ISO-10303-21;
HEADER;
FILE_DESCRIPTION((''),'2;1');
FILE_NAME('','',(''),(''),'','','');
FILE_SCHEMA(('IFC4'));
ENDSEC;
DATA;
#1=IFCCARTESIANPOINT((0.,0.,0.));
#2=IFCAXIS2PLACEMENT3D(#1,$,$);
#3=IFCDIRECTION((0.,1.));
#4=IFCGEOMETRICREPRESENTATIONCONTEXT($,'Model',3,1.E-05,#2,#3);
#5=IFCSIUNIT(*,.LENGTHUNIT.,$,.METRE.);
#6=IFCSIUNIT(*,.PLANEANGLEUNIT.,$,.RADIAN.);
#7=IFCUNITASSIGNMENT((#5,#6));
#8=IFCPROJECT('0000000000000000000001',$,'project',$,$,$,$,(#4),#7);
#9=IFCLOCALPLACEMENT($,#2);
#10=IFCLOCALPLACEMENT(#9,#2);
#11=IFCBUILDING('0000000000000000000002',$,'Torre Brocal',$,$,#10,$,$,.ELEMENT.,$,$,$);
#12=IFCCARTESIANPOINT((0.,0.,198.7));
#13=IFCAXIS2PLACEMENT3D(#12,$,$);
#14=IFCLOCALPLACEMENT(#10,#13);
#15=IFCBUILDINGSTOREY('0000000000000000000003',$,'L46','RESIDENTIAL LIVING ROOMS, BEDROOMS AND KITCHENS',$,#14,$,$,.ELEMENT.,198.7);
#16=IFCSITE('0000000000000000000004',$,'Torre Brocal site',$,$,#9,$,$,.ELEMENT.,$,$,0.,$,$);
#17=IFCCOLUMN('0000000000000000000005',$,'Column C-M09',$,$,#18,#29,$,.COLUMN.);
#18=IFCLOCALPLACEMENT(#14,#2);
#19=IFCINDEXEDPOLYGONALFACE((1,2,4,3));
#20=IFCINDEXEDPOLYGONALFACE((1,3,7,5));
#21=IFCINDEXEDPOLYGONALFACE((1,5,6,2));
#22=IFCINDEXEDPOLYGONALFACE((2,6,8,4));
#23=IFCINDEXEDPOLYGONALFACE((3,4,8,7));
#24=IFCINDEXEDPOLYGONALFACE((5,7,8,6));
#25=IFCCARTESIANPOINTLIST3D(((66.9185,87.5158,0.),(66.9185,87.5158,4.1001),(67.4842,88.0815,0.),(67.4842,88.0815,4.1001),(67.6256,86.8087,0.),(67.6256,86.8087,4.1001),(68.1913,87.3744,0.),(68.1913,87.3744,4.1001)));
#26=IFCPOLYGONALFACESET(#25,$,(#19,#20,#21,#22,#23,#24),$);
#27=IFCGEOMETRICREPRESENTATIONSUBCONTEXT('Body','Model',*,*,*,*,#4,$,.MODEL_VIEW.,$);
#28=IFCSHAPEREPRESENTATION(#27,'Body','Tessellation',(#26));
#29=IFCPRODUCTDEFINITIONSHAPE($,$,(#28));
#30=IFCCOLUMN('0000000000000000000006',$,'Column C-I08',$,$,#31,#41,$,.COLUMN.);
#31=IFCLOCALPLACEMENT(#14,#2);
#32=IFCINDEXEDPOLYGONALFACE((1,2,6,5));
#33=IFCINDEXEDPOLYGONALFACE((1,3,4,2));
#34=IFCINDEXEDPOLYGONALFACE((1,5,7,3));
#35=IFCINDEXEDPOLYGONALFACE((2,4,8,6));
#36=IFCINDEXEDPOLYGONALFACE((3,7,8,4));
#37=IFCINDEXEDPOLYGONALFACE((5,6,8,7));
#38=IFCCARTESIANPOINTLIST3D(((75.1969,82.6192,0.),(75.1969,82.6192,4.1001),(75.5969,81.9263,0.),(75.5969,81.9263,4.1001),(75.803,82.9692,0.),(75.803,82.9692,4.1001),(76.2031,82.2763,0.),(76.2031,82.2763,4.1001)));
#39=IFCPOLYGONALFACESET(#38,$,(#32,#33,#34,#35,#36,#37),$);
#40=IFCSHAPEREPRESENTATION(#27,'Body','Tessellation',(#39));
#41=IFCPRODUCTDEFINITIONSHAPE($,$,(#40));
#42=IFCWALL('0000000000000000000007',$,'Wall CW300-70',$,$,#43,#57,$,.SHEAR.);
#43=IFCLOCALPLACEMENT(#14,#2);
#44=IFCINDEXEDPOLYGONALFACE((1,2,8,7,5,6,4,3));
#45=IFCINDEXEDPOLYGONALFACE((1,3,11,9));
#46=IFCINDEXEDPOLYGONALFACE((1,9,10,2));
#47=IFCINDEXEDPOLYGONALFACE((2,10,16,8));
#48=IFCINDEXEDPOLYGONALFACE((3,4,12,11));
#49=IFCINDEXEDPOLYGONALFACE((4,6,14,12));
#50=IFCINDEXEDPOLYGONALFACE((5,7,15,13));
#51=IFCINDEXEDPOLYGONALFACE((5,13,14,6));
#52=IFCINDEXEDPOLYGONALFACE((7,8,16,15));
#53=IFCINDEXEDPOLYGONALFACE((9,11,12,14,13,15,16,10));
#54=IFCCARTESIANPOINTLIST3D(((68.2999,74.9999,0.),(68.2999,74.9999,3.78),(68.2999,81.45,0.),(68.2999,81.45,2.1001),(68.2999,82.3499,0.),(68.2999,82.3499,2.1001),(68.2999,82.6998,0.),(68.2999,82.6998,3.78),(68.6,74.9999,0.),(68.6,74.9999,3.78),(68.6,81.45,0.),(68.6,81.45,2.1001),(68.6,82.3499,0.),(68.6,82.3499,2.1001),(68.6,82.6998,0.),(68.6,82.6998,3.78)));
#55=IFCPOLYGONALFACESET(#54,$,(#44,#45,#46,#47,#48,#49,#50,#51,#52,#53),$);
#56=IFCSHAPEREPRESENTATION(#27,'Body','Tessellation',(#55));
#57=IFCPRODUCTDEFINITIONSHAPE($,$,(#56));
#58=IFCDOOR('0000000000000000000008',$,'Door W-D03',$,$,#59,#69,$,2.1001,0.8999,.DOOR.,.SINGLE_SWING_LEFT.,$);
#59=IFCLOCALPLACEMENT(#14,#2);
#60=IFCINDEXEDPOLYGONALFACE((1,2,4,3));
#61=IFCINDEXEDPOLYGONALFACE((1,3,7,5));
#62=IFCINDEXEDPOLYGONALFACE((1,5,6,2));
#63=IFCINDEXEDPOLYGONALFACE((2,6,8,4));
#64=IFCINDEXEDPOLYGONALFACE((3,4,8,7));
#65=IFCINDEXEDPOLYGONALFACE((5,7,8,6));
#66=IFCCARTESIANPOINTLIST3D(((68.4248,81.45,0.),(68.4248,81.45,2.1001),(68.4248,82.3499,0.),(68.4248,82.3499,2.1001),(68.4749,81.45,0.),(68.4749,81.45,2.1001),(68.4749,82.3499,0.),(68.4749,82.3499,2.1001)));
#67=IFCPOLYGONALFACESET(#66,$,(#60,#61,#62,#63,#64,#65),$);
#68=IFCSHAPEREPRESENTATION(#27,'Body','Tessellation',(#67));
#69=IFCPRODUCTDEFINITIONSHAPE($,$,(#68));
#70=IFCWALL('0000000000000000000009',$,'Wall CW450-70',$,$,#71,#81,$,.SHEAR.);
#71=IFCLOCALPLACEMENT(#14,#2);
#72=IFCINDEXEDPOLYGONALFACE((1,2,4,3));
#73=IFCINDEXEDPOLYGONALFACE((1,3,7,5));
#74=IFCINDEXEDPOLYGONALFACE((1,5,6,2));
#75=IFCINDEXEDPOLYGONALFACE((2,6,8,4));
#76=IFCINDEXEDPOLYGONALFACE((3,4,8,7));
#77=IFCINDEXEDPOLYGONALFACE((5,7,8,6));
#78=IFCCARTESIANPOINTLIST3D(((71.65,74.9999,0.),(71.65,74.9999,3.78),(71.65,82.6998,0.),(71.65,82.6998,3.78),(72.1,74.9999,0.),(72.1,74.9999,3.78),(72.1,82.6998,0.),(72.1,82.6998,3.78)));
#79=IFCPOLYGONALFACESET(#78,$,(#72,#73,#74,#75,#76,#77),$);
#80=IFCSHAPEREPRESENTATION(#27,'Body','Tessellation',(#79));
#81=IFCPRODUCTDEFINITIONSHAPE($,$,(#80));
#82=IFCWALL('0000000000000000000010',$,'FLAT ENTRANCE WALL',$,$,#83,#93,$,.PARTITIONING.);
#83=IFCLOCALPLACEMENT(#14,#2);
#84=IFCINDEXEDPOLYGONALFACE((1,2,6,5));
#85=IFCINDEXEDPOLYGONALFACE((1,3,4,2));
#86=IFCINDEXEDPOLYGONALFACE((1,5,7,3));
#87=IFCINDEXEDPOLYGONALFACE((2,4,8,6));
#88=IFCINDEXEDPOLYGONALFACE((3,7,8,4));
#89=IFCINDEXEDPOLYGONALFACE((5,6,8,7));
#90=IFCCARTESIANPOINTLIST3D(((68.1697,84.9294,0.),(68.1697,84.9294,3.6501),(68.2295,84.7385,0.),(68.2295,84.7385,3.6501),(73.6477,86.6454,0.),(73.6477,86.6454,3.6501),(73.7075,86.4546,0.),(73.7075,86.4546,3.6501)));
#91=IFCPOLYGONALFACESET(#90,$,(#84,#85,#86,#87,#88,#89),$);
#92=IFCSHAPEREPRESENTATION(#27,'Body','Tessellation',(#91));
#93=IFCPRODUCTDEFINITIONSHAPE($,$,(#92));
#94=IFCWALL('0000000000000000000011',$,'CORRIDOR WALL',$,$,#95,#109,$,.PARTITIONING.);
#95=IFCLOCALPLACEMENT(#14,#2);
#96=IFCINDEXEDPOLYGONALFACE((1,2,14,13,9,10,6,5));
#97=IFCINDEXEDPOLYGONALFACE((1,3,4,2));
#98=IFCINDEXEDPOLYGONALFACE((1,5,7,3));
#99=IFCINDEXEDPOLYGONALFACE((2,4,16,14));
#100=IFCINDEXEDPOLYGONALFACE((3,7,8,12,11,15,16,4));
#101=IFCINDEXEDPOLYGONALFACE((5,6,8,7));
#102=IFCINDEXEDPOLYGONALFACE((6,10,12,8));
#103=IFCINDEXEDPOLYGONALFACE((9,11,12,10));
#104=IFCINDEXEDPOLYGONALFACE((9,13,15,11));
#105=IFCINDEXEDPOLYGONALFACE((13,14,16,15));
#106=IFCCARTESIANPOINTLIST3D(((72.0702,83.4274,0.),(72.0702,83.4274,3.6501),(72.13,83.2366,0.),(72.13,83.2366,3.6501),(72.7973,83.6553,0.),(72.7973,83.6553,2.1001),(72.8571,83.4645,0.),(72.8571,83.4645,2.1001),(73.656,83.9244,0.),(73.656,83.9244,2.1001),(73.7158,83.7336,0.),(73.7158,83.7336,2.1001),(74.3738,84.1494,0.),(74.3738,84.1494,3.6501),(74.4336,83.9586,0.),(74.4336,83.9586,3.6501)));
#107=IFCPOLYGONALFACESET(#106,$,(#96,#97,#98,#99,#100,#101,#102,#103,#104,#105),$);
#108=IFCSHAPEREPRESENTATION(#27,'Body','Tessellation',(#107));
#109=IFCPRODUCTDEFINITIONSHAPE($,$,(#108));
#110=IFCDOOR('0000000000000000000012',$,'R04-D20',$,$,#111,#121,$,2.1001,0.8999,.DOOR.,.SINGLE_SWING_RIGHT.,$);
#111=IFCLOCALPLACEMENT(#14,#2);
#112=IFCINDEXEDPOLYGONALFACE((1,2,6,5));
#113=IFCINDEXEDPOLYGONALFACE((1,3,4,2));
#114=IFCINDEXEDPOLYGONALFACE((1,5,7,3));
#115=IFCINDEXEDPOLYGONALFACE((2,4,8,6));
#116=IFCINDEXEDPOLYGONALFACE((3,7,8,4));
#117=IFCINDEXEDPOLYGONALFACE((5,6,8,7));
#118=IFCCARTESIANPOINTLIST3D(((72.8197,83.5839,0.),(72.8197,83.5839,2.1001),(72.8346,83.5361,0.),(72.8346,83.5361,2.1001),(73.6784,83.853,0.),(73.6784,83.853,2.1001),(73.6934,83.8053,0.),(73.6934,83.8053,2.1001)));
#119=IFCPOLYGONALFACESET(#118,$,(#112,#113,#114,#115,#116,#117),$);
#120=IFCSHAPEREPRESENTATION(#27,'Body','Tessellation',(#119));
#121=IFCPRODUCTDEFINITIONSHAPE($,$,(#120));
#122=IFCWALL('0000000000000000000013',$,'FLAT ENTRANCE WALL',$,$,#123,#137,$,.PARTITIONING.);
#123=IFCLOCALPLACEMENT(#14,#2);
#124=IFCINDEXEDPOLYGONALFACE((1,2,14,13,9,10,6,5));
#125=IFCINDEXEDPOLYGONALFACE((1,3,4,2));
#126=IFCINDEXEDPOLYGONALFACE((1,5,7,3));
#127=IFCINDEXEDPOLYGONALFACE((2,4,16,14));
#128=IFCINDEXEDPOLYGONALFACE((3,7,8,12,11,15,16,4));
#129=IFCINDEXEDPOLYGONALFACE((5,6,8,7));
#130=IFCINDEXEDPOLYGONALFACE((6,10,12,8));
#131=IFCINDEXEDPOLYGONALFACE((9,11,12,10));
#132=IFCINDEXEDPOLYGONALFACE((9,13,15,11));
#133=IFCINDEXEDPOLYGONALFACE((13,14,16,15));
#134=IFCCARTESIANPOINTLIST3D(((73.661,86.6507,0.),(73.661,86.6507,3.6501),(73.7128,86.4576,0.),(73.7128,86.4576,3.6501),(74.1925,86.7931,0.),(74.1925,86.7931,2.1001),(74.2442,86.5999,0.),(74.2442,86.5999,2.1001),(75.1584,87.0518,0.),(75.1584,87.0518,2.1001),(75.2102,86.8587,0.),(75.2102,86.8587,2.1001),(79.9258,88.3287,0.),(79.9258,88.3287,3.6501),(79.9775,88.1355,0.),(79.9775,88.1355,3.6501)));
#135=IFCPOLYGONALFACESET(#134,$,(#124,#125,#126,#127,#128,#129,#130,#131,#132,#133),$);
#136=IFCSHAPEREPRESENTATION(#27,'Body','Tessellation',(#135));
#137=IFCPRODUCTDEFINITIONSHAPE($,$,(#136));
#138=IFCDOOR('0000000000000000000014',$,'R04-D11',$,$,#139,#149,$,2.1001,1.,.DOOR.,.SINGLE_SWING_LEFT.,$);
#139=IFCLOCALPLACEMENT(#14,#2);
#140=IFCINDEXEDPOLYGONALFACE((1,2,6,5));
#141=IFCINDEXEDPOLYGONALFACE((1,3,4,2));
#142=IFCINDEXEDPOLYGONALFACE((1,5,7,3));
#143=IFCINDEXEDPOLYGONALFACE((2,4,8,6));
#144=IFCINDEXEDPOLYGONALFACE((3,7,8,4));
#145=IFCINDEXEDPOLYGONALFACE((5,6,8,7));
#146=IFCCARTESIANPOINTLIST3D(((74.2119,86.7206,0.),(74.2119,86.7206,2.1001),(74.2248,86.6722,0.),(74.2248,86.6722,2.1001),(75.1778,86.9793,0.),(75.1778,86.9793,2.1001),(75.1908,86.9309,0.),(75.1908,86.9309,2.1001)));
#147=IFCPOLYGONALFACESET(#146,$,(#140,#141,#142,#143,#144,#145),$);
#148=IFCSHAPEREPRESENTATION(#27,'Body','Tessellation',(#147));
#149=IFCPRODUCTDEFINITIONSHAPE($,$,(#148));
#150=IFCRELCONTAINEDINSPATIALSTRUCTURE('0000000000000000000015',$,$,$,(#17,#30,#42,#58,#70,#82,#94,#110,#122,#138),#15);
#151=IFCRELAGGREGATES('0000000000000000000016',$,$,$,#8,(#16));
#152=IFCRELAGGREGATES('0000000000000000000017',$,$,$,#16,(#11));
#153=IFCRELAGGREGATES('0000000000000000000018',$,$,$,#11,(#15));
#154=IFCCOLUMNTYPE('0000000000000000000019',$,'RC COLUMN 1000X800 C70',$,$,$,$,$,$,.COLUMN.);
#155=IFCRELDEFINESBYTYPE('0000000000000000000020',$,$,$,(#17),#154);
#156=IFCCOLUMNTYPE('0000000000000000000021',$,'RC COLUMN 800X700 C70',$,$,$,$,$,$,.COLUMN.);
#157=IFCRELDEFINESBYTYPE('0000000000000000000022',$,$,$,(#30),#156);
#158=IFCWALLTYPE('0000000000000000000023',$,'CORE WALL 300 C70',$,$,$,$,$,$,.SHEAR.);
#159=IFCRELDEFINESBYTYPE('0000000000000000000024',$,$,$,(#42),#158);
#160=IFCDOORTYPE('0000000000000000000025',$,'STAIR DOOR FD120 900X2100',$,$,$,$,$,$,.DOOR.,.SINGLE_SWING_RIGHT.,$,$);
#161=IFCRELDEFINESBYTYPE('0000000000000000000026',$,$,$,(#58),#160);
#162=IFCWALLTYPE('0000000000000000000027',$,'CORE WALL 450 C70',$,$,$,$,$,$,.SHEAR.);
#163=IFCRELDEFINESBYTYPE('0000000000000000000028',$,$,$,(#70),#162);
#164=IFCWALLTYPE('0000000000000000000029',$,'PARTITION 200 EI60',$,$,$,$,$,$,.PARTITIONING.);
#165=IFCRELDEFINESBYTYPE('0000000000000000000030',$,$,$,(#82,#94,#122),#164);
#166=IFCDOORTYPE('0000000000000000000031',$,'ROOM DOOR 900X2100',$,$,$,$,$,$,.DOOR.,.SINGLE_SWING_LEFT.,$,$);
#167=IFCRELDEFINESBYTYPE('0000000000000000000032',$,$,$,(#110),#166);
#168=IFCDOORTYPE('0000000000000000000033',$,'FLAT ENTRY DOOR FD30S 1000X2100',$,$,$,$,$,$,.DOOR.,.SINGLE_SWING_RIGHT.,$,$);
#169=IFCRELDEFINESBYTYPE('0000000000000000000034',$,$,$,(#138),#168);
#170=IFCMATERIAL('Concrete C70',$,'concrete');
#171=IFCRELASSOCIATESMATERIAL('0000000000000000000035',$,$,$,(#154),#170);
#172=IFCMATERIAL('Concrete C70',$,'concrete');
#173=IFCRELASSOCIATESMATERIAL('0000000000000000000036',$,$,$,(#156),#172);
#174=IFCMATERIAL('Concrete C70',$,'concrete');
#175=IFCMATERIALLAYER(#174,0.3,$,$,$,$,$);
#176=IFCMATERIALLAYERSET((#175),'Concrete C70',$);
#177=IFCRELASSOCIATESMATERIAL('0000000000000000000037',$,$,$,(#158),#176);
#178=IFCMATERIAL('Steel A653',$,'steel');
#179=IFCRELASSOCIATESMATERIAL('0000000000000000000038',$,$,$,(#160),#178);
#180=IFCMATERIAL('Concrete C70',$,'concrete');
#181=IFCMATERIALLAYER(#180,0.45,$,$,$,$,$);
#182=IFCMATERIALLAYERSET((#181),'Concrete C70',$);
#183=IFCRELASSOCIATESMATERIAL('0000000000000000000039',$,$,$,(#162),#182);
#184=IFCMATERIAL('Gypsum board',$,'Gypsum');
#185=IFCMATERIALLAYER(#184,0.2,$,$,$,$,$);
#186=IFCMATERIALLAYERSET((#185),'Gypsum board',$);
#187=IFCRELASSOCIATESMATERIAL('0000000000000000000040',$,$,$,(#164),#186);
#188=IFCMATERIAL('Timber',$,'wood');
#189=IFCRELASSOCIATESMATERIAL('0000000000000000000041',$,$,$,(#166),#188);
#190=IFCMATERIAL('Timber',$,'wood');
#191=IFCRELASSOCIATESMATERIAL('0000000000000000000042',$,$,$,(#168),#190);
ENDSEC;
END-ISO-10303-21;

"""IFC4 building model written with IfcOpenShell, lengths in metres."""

from ifc_helpers import new_model, si_unit, direction, frame, frame_2d, origin, origin_2d, place, context, subcontext, project, spatial, rectangle, extrude, material, layer, layer_set, material_profile, profile_set, type_object, element, fill, save


model = new_model("IFC4")

# Units and contexts
model_context = context("Model", 3, precision=1e-05, world=origin(), true_north=direction((0.0, 1.0)))
body_context = subcontext(model_context, "Body", "Model", "MODEL_VIEW")
ifc_project = project(units=[si_unit("LENGTHUNIT", "METRE"), si_unit("PLANEANGLEUNIT", "RADIAN")], contexts=[model_context])

# Site, building, storey
site_placement = place(None, origin())
site = spatial("IfcSite", under=ifc_project, at=site_placement, Name="Torre Brocal site", CompositionType="ELEMENT", RefElevation=0.0)
building_placement = place(site_placement, origin())
building = spatial("IfcBuilding", under=site, at=building_placement, Name="Torre Brocal", CompositionType="ELEMENT")
storey_placement = place(building_placement, frame((0.0, 0.0, 198.7)))
storey = spatial("IfcBuildingStorey", under=building, at=storey_placement, Name="L46", Description="RESIDENTIAL LIVING ROOMS, BEDROOMS AND KITCHENS", CompositionType="ELEMENT", Elevation=198.7)

# Columns
ifc_material_1 = material(Name="Concrete C70", Category="concrete")
ifc_material_profile_1 = material_profile(ifc_material_1, rectangle(XDim=1.0, YDim=0.8, at=origin_2d()), Name="RC 1000X800")
ifc_profile_set_1 = profile_set([ifc_material_profile_1], Name="Concrete C70")
column_type_1 = type_object("IfcColumnType", Name="RC COLUMN 1000X800 C70", PredefinedType="COLUMN", material=ifc_profile_set_1)
column_1_placement = place(storey_placement, frame((67.5549, 87.4451, 0.0), z_axis=(0.0, 0.0, 1.0), x_axis=(-0.707107, 0.707107, 0.0)))
element("IfcColumn", 1, at=column_1_placement, inside=storey, type_object=column_type_1, Name="Column C-M09", PredefinedType="COLUMN", context=body_context, shape_type="SweptSolid", body=[
    extrude(rectangle(XDim=1.0, YDim=0.8, at=origin_2d()), origin(), (0.0, 0.0, 1.0), 4.1001),
])
ifc_material_2 = material(Name="Concrete C70", Category="concrete")
ifc_material_profile_2 = material_profile(ifc_material_2, rectangle(XDim=0.8, YDim=0.7, at=origin_2d()), Name="RC 800X700")
ifc_profile_set_2 = profile_set([ifc_material_profile_2], Name="Concrete C70")
column_type_2 = type_object("IfcColumnType", Name="RC COLUMN 800X700 C70", PredefinedType="COLUMN", material=ifc_profile_set_2)
column_2_placement = place(storey_placement, frame((75.7, 82.4478, 0.0), z_axis=(0.0, 0.0, 1.0), x_axis=(-0.5, 0.866025, 0.0)))
element("IfcColumn", 2, at=column_2_placement, inside=storey, type_object=column_type_2, Name="Column C-I08", PredefinedType="COLUMN", context=body_context, shape_type="SweptSolid", body=[
    extrude(rectangle(XDim=0.8, YDim=0.7, at=origin_2d()), origin(), (0.0, 0.0, 1.0), 4.1001),
])

# Wall, opening, door
ifc_material_3 = material(Name="Concrete C70", Category="concrete")
ifc_layer_1 = layer(ifc_material_3, 0.3)
ifc_layer_set_1 = layer_set([ifc_layer_1], Name="Concrete C70")
wall_type_1 = type_object("IfcWallType", Name="CORE WALL 300 C70", PredefinedType="SHEAR", material=ifc_layer_set_1)
wall_1_placement = place(storey_placement, frame((68.45, 82.7, 0.0), z_axis=(0.0, 0.0, 1.0), x_axis=(0.0, -1.0, 0.0)))
wall_1 = element("IfcWall", 3, at=wall_1_placement, inside=storey, type_object=wall_type_1, Name="Wall CW300-70", PredefinedType="SHEAR", context=body_context, shape_type="SweptSolid", body=[
    extrude(rectangle(XDim=7.7, YDim=0.3, at=frame_2d((3.8501, 0.0))), origin(), (0.0, 0.0, 1.0), 3.78),
])
opening_1_placement = place(wall_1_placement, frame((0.3501, 0.0, 0.0)))
opening_1 = element("IfcOpeningElement", 4, at=opening_1_placement, cuts=wall_1, PredefinedType="OPENING", context=body_context, shape_type="SweptSolid", body=[
    extrude(rectangle(XDim=0.8999, YDim=2.1001, at=frame_2d((0.45, 1.05))), frame((0.0, 0.1599, 0.0), z_axis=(0.0, -1.0, 0.0), x_axis=(1.0, 0.0, 0.0)), (0.0, 0.0, 1.0), 0.3201),
])
ifc_material_4 = material(Name="Steel A653", Category="steel")
door_type_1 = type_object("IfcDoorType", Name="STAIR DOOR FD120 900X2100", OperationType="SINGLE_SWING_RIGHT", PredefinedType="DOOR", material=ifc_material_4)
door_1_placement = place(opening_1_placement, origin())
door_1 = element("IfcDoor", 5, at=door_1_placement, inside=storey, type_object=door_type_1, Name="Door W-D03", OperationType="SINGLE_SWING_LEFT", OverallHeight=2.1001, OverallWidth=0.8999, PredefinedType="DOOR", context=body_context, shape_type="SweptSolid", body=[
    extrude(rectangle(XDim=0.8999, YDim=2.1001, at=frame_2d((0.45, 1.05))), frame((0.0, 0.0249, 0.0), z_axis=(0.0, -1.0, 0.0), x_axis=(1.0, 0.0, 0.0)), (0.0, 0.0, 1.0), 0.05),
])
fill(opening_1, door_1)

# Wall
ifc_material_5 = material(Name="Concrete C70", Category="concrete")
ifc_layer_2 = layer(ifc_material_5, 0.45)
ifc_layer_set_2 = layer_set([ifc_layer_2], Name="Concrete C70")
wall_type_2 = type_object("IfcWallType", Name="CORE WALL 450 C70", PredefinedType="SHEAR", material=ifc_layer_set_2)
wall_2_placement = place(storey_placement, frame((71.875, 82.7, 0.0), z_axis=(0.0, 0.0, 1.0), x_axis=(0.0, -1.0, 0.0)))
element("IfcWall", 6, at=wall_2_placement, inside=storey, type_object=wall_type_2, Name="Wall CW450-70", PredefinedType="SHEAR", context=body_context, shape_type="SweptSolid", body=[
    extrude(rectangle(XDim=7.7, YDim=0.45, at=frame_2d((3.8501, 0.0))), origin(), (0.0, 0.0, 1.0), 3.78),
])

# Wall
ifc_material_6 = material(Name="Gypsum board", Category="Gypsum")
ifc_layer_3 = layer(ifc_material_6, 0.2)
ifc_layer_set_3 = layer_set([ifc_layer_3], Name="Gypsum board")
wall_type_3 = type_object("IfcWallType", Name="PARTITION 200 EI60", PredefinedType="PARTITIONING", material=ifc_layer_set_3)
wall_3_placement = place(storey_placement, frame((68.1997, 84.834, 0.0), z_axis=(0.0, 0.0, 1.0), x_axis=(0.954272, 0.298938, 0.0)))
element("IfcWall", 7, at=wall_3_placement, inside=storey, type_object=wall_type_3, Name="FLAT ENTRANCE WALL", PredefinedType="PARTITIONING", context=body_context, shape_type="SweptSolid", body=[
    extrude(rectangle(XDim=5.7405, YDim=0.2, at=frame_2d((2.8701, 0.0))), origin(), (0.0, 0.0, 1.0), 3.6501),
])

# Walls, openings, doors
wall_4_placement = place(storey_placement, frame((72.1001, 83.332, 0.0), z_axis=(0.0, 0.0, 1.0), x_axis=(0.954233, 0.299064, 0.0)))
wall_4 = element("IfcWall", 8, at=wall_4_placement, inside=storey, type_object=wall_type_3, Name="CORRIDOR WALL", PredefinedType="PARTITIONING", context=body_context, shape_type="SweptSolid", body=[
    extrude(rectangle(XDim=2.4141, YDim=0.2, at=frame_2d((1.207, 0.0))), origin(), (0.0, 0.0, 1.0), 3.6501),
])
opening_2_placement = place(wall_4_placement, frame((0.762, 0.0, 0.0)))
opening_2 = element("IfcOpeningElement", 9, at=opening_2_placement, cuts=wall_4, PredefinedType="OPENING", context=body_context, shape_type="SweptSolid", body=[
    extrude(rectangle(XDim=0.8999, YDim=2.1001, at=frame_2d((0.45, 1.05))), frame((0.0, 0.1099, 0.0), z_axis=(0.0, -1.0, 0.0), x_axis=(1.0, 0.0, 0.0)), (0.0, 0.0, 1.0), 0.22),
])
ifc_material_7 = material(Name="Timber", Category="wood")
door_type_2 = type_object("IfcDoorType", Name="ROOM DOOR 900X2100", OperationType="SINGLE_SWING_LEFT", PredefinedType="DOOR", material=ifc_material_7)
door_2_placement = place(opening_2_placement, frame((0.8999, 0.0, 0.0), z_axis=(0.0, 0.0, 1.0), x_axis=(-1.0, 0.0, 0.0)))
door_2 = element("IfcDoor", 10, at=door_2_placement, inside=storey, type_object=door_type_2, Name="R04-D20", OperationType="SINGLE_SWING_RIGHT", OverallHeight=2.1001, OverallWidth=0.8999, PredefinedType="DOOR", context=body_context, shape_type="SweptSolid", body=[
    extrude(rectangle(XDim=0.8999, YDim=2.1001, at=frame_2d((0.45, 1.05))), frame((0.0, 0.0249, 0.0), z_axis=(0.0, -1.0, 0.0), x_axis=(1.0, 0.0, 0.0)), (0.0, 0.0, 1.0), 0.05),
])
fill(opening_2, door_2)
wall_5_placement = place(storey_placement, frame((73.687, 86.5542, 0.0), z_axis=(0.0, 0.0, 1.0), x_axis=(0.965953, 0.258719, 0.0)))
wall_5 = element("IfcWall", 11, at=wall_5_placement, inside=storey, type_object=wall_type_3, Name="FLAT ENTRANCE WALL", PredefinedType="PARTITIONING", context=body_context, shape_type="SweptSolid", body=[
    extrude(rectangle(XDim=6.4856, YDim=0.2, at=frame_2d((3.2427, 0.0))), origin(), (0.0, 0.0, 1.0), 3.6501),
])
opening_3_placement = place(wall_5_placement, frame((0.55, 0.0, 0.0)))
opening_3 = element("IfcOpeningElement", 12, at=opening_3_placement, cuts=wall_5, PredefinedType="OPENING", context=body_context, shape_type="SweptSolid", body=[
    extrude(rectangle(XDim=1.0, YDim=2.1001, at=frame_2d((0.5, 1.05))), frame((0.0, 0.1099, 0.0), z_axis=(0.0, -1.0, 0.0), x_axis=(1.0, 0.0, 0.0)), (0.0, 0.0, 1.0), 0.22),
])
ifc_material_8 = material(Name="Timber", Category="wood")
door_type_3 = type_object("IfcDoorType", Name="FLAT ENTRY DOOR FD30S 1000X2100", OperationType="SINGLE_SWING_RIGHT", PredefinedType="DOOR", material=ifc_material_8)
door_3_placement = place(opening_3_placement, origin())
door_3 = element("IfcDoor", 13, at=door_3_placement, inside=storey, type_object=door_type_3, Name="R04-D11", OperationType="SINGLE_SWING_LEFT", OverallHeight=2.1001, OverallWidth=1.0, PredefinedType="DOOR", context=body_context, shape_type="SweptSolid", body=[
    extrude(rectangle(XDim=1.0, YDim=2.1001, at=frame_2d((0.5, 1.05))), frame((0.0, 0.0249, 0.0), z_axis=(0.0, -1.0, 0.0), x_axis=(1.0, 0.0, 0.0)), (0.0, 0.0, 1.0), 0.05),
])
fill(opening_3, door_3)

save(model, "model.ifc")
